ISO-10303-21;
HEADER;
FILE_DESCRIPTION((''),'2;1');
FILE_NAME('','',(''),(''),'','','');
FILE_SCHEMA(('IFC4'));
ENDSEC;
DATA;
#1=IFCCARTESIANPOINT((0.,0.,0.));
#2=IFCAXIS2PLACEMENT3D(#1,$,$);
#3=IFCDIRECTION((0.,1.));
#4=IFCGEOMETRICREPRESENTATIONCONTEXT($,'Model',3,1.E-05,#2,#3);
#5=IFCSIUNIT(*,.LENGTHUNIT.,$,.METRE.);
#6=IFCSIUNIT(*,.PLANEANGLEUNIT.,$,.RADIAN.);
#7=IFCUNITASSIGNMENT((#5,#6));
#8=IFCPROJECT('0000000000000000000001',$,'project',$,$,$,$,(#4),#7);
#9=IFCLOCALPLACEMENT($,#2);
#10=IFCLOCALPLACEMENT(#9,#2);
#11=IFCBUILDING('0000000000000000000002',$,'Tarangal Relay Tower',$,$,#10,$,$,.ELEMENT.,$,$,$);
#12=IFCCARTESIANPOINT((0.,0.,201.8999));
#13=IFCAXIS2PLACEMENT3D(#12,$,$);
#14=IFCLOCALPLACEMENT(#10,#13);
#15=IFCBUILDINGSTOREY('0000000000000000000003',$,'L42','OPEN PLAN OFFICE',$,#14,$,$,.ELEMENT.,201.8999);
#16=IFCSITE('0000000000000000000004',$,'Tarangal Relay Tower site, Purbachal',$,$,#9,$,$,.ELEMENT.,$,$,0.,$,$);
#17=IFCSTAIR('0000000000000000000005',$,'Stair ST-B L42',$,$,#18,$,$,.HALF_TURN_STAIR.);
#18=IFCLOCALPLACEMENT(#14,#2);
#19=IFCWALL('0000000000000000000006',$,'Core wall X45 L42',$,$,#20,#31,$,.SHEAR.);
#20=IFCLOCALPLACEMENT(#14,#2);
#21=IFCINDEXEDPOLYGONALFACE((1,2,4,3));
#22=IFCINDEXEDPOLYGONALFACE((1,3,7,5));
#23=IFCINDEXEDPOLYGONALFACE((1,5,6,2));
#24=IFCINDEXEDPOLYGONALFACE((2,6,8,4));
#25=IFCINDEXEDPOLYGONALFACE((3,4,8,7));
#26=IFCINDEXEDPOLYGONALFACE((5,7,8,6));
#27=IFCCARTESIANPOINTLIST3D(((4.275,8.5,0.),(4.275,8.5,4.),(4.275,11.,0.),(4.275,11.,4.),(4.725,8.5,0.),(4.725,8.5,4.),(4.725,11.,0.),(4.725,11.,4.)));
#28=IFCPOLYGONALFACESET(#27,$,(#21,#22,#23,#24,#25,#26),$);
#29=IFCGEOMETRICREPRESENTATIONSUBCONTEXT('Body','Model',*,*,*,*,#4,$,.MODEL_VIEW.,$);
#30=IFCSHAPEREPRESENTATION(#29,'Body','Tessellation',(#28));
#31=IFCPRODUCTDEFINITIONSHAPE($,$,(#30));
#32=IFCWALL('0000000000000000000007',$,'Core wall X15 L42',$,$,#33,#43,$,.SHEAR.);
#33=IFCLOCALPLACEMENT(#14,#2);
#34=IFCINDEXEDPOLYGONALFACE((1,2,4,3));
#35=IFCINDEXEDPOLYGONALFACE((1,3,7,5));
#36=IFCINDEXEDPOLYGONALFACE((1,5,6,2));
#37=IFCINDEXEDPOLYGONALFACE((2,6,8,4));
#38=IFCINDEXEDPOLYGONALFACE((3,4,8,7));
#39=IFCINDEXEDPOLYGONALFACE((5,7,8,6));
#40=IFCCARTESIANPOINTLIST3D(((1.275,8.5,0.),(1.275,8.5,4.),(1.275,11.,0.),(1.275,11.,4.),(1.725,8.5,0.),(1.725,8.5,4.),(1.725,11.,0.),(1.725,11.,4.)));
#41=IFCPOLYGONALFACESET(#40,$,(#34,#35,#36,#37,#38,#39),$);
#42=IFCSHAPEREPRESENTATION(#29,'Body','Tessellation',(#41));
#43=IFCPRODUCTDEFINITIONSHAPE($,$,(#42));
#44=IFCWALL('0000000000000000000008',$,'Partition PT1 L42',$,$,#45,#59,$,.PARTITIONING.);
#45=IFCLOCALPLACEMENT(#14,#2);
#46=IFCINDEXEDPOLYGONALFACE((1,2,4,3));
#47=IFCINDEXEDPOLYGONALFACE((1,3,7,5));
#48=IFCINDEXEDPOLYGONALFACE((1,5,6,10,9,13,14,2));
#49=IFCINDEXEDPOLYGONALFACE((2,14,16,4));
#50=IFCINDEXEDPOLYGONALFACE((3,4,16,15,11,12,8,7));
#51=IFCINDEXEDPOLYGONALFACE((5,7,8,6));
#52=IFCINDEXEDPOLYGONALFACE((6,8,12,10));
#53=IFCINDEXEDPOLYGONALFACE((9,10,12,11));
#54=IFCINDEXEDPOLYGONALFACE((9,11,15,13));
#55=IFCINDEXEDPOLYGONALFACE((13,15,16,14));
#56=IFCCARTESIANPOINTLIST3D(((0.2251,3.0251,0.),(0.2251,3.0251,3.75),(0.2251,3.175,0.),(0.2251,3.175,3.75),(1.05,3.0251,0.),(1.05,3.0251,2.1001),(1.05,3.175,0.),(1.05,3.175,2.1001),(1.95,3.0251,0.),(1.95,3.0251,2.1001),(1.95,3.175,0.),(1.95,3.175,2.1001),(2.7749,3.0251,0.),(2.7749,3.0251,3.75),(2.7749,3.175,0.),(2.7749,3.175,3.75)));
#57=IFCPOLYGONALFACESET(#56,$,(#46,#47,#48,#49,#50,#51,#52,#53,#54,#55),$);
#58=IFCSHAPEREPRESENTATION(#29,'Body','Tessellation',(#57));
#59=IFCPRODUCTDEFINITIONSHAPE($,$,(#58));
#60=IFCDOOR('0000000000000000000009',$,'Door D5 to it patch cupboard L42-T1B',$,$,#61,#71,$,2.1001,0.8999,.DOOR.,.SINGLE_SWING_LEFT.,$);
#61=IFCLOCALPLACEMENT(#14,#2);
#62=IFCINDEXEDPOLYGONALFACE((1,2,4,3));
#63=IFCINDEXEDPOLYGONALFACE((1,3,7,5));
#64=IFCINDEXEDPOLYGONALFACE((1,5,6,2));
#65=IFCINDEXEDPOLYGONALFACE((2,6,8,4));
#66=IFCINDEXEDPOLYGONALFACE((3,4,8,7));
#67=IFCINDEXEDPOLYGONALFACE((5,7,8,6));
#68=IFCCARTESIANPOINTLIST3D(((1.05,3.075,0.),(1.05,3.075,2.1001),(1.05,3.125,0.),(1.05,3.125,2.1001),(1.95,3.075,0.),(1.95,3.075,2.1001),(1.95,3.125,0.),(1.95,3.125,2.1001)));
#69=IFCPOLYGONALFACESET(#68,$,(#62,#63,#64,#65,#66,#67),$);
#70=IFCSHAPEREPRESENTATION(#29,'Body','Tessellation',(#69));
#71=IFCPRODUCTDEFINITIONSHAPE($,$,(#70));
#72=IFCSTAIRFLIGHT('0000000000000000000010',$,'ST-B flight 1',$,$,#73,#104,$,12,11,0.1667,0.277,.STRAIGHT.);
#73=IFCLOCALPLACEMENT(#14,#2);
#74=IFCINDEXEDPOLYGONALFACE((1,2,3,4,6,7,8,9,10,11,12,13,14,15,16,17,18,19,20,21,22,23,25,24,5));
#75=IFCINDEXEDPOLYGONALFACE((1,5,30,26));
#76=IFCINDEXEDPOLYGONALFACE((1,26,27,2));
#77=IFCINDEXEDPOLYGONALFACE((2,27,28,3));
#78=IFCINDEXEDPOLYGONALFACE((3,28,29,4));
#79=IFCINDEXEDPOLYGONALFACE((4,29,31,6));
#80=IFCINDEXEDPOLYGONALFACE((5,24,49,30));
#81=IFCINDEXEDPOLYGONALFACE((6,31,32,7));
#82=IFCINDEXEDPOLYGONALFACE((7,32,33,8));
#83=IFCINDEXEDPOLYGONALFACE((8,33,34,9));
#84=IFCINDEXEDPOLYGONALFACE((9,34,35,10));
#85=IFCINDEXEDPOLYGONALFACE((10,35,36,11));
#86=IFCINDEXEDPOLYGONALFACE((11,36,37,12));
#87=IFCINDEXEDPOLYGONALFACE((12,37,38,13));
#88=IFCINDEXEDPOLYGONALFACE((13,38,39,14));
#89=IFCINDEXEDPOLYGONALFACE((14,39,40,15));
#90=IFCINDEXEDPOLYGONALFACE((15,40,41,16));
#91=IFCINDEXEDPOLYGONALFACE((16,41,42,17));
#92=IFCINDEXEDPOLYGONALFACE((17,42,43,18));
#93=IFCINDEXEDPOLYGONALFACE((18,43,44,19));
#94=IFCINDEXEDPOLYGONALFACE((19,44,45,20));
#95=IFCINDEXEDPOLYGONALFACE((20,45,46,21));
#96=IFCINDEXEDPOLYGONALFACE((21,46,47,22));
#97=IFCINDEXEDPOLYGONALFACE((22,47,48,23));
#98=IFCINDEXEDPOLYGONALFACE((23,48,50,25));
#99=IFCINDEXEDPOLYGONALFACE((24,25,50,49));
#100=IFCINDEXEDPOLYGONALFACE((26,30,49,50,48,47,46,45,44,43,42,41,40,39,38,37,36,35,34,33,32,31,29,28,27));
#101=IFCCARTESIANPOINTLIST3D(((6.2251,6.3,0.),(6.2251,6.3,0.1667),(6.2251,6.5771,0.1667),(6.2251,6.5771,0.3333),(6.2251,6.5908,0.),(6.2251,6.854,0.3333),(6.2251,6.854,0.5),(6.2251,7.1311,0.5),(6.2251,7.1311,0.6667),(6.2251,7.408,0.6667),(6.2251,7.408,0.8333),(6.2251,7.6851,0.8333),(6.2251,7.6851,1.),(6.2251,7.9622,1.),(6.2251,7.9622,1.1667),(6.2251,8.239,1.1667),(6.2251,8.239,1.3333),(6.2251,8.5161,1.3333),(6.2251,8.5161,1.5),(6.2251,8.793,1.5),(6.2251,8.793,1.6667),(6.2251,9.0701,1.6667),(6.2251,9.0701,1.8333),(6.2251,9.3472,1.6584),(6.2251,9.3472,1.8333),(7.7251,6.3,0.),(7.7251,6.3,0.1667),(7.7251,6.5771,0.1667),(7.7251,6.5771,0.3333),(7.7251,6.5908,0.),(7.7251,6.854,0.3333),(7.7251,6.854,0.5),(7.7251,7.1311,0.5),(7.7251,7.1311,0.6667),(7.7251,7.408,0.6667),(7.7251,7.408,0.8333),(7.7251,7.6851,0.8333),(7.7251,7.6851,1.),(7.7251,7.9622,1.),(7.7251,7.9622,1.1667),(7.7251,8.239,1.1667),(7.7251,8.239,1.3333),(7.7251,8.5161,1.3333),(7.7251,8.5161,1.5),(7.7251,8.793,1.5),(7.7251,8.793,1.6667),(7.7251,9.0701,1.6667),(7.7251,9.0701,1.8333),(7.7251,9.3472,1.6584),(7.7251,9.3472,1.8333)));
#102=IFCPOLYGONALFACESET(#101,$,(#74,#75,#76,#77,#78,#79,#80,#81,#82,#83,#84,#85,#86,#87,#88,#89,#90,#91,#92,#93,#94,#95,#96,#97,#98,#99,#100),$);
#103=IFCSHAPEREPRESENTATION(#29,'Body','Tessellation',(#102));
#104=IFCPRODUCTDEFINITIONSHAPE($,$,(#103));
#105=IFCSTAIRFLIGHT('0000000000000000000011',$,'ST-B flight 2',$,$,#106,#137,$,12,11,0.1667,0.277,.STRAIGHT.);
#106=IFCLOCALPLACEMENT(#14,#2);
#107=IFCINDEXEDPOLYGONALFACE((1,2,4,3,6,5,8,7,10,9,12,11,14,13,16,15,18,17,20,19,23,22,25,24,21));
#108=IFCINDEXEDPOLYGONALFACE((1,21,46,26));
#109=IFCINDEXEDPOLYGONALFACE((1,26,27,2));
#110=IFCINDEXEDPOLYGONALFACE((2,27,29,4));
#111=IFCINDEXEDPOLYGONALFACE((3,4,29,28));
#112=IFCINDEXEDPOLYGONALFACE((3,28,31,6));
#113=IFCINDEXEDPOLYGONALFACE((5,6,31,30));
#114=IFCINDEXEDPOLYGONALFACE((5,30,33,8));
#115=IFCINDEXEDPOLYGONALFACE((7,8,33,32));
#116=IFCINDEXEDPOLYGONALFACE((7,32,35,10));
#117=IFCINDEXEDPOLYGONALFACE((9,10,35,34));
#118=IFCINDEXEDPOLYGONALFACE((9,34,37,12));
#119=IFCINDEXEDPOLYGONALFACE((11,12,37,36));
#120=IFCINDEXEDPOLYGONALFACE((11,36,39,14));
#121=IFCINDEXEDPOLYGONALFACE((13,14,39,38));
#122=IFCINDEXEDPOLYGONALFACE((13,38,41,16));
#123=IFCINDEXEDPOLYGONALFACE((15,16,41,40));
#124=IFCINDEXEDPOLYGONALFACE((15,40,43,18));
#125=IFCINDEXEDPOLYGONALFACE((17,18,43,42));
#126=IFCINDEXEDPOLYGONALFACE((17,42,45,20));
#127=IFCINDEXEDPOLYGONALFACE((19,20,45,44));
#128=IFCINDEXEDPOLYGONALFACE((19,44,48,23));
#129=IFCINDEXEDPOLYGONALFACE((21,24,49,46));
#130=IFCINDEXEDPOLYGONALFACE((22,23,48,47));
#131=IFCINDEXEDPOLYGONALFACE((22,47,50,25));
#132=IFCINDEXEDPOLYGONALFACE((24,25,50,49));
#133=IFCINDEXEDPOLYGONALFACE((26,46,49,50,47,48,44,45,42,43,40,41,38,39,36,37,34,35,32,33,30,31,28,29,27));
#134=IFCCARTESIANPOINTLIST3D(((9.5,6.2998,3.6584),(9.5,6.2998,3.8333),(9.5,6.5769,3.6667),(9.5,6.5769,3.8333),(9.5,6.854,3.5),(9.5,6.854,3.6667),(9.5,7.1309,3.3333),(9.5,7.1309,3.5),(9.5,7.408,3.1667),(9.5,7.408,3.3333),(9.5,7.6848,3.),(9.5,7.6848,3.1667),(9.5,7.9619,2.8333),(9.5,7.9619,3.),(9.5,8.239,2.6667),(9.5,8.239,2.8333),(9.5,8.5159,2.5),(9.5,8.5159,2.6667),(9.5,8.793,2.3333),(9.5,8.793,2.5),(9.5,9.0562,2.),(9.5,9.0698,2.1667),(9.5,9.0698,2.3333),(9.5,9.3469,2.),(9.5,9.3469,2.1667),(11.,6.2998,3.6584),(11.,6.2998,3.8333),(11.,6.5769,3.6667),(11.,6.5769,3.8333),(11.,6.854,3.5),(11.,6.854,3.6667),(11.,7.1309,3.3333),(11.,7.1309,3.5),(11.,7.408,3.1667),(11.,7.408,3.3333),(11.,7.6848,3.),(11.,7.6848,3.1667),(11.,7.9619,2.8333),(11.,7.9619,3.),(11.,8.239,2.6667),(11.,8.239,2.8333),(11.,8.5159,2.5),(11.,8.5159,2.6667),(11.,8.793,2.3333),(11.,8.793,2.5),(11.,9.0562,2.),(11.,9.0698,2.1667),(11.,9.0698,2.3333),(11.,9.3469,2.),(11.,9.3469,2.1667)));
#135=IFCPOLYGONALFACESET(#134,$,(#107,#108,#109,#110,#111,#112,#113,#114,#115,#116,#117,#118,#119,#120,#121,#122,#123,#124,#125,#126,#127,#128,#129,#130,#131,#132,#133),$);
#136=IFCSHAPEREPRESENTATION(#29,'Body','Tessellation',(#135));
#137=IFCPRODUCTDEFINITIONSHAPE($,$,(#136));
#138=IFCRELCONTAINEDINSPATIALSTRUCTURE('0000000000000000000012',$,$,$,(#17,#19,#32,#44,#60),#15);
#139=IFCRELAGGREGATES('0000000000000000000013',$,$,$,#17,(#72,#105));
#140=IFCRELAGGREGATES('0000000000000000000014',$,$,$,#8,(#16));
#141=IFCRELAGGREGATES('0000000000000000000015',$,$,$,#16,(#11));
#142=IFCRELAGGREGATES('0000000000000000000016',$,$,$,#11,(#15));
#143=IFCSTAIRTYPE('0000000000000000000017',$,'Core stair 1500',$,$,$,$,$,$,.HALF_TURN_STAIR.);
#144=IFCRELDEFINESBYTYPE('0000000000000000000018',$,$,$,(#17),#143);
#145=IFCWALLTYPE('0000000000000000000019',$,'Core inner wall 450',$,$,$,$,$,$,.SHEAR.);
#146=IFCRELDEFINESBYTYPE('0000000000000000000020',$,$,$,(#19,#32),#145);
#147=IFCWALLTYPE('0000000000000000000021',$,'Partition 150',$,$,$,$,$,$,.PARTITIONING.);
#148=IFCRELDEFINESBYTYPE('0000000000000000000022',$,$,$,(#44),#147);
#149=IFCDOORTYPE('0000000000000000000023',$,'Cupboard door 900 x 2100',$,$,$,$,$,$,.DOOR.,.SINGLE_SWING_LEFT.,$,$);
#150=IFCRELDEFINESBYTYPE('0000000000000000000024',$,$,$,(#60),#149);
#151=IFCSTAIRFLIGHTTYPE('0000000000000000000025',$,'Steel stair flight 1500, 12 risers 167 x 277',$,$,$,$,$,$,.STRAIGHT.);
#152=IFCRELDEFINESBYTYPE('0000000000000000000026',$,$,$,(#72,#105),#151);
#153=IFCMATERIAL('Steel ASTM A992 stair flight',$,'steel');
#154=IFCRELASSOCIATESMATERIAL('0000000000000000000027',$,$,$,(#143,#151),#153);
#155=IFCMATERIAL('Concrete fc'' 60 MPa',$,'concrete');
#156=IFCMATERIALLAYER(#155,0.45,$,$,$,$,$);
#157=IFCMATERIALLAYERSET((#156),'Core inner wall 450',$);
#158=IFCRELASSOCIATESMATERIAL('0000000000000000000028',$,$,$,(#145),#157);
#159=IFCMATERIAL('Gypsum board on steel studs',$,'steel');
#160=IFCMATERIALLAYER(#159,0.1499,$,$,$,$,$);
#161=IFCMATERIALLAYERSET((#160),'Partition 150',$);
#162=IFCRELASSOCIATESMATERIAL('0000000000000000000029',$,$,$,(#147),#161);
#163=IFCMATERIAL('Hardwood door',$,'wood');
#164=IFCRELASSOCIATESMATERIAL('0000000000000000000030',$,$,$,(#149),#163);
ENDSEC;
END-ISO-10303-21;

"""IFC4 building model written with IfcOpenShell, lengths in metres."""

from ifc_helpers import new_model, si_unit, direction, frame, frame_2d, origin, place, context, subcontext, project, spatial, polyline, rectangle, outline, extrude, material, layer, layer_set, type_object, element, fill, aggregate, save


model = new_model("IFC4")

# Units and contexts
model_context = context("Model", 3, precision=1e-05, world=origin(), true_north=direction((0.0, 1.0)))
body_context = subcontext(model_context, "Body", "Model", "MODEL_VIEW")
ifc_project = project(units=[si_unit("LENGTHUNIT", "METRE"), si_unit("PLANEANGLEUNIT", "RADIAN")], contexts=[model_context])

# Site, building, storey
site_placement = place(None, origin())
site = spatial("IfcSite", under=ifc_project, at=site_placement, Name="Tarangal Relay Tower site, Purbachal", CompositionType="ELEMENT", RefElevation=0.0)
building_placement = place(site_placement, origin())
building = spatial("IfcBuilding", under=site, at=building_placement, Name="Tarangal Relay Tower", CompositionType="ELEMENT")
storey_placement = place(building_placement, frame((0.0, 0.0, 201.8999)))
storey = spatial("IfcBuildingStorey", under=building, at=storey_placement, Name="L42", Description="OPEN PLAN OFFICE", CompositionType="ELEMENT", Elevation=201.8999)

# Stair
ifc_material_1 = material(Name="Steel ASTM A992 stair flight", Category="steel")
stair_type = type_object("IfcStairType", Name="Core stair 1500", PredefinedType="HALF_TURN_STAIR", material=ifc_material_1)
stair_1_placement = place(storey_placement, origin())
stair_1 = element("IfcStair", 1, at=stair_1_placement, inside=storey, type_object=stair_type, Name="Stair ST-B L42", PredefinedType="HALF_TURN_STAIR")

# Shared definitions
ifc_material_2 = material(Name="Concrete fc' 60 MPa", Category="concrete")
ifc_layer_1 = layer(ifc_material_2, 0.45)
ifc_layer_set_1 = layer_set([ifc_layer_1], Name="Core inner wall 450")
wall_type_1 = type_object("IfcWallType", Name="Core inner wall 450", PredefinedType="SHEAR", material=ifc_layer_set_1)

# Walls
for number, where, z_axis, x_axis, name in (
    (2, (4.5, 8.5, 0.0), (0.0, 0.0, 1.0), (0.0, 1.0, 0.0), "Core wall X45 L42"),
    (3, (1.5, 8.5, 0.0), (0.0, 0.0, 1.0), (0.0, 1.0, 0.0), "Core wall X15 L42"),
):
    element("IfcWall", number, at=place(storey_placement, frame(where, z_axis=z_axis, x_axis=x_axis)), inside=storey, type_object=wall_type_1, Name=name, PredefinedType="SHEAR", context=body_context, shape_type="SweptSolid", body=[
        extrude(rectangle(XDim=2.5, YDim=0.45, at=frame_2d((1.25, 0.0))), origin(), (0.0, 0.0, 1.0), 4.0),
    ])

# Wall, opening, door
ifc_material_3 = material(Name="Gypsum board on steel studs", Category="steel")
ifc_layer_2 = layer(ifc_material_3, 0.1499)
ifc_layer_set_2 = layer_set([ifc_layer_2], Name="Partition 150")
wall_type_2 = type_object("IfcWallType", Name="Partition 150", PredefinedType="PARTITIONING", material=ifc_layer_set_2)
wall_1_placement = place(storey_placement, frame((0.2251, 3.1001, 0.0), z_axis=(0.0, 0.0, 1.0), x_axis=(1.0, 0.0, 0.0)))
wall_1 = element("IfcWall", 4, at=wall_1_placement, inside=storey, type_object=wall_type_2, Name="Partition PT1 L42", PredefinedType="PARTITIONING", context=body_context, shape_type="SweptSolid", body=[
    extrude(rectangle(XDim=2.5498, YDim=0.1499, at=frame_2d((1.2749, 0.0))), origin(), (0.0, 0.0, 1.0), 3.75),
])
opening_1_placement = place(wall_1_placement, frame((0.825, 0.0, 0.0)))
opening_1 = element("IfcOpeningElement", 5, at=opening_1_placement, cuts=wall_1, PredefinedType="OPENING", context=body_context, shape_type="SweptSolid", body=[
    extrude(rectangle(XDim=0.8999, YDim=2.1001, at=frame_2d((0.45, 1.05))), frame((0.0, 0.085, 0.0), z_axis=(0.0, -1.0, 0.0), x_axis=(1.0, 0.0, 0.0)), (0.0, 0.0, 1.0), 0.1699),
])
ifc_material_4 = material(Name="Hardwood door", Category="wood")
door_type_1 = type_object("IfcDoorType", Name="Cupboard door 900 x 2100", OperationType="SINGLE_SWING_LEFT", PredefinedType="DOOR", material=ifc_material_4)
door_1_placement = place(opening_1_placement, origin())
door_1 = element("IfcDoor", 6, at=door_1_placement, inside=storey, type_object=door_type_1, Name="Door D5 to it patch cupboard L42-T1B", OperationType="SINGLE_SWING_LEFT", OverallHeight=2.1001, OverallWidth=0.8999, PredefinedType="DOOR", context=body_context, shape_type="SweptSolid", body=[
    extrude(rectangle(XDim=0.8999, YDim=2.1001, at=frame_2d((0.45, 1.05))), frame((0.0, 0.0249, 0.0), z_axis=(0.0, -1.0, 0.0), x_axis=(1.0, 0.0, 0.0)), (0.0, 0.0, 1.0), 0.05),
])
fill(opening_1, door_1)

# Stair flights
stair_flight_type = type_object("IfcStairFlightType", Name="Steel stair flight 1500, 12 risers 167 x 277", PredefinedType="STRAIGHT", material=ifc_material_1)
stair_flight_1_placement = place(storey_placement, frame((6.9751, 6.3, 0.0), z_axis=(0.0, 0.0, 1.0), x_axis=(0.0, 1.0, 0.0)))
stair_flight_1 = element("IfcStairFlight", 7, at=stair_flight_1_placement, type_object=stair_flight_type, Name="ST-B flight 1", NumberOfRisers=12, NumberOfTreads=11, PredefinedType="STRAIGHT", RiserHeight=0.1667, TreadLength=0.277, context=body_context, shape_type="SweptSolid", body=[
    extrude(outline(polyline([(0.0, 0.0), (0.0, 0.1667), (0.2771, 0.1667), (0.2771, 0.3333), (0.554, 0.3333), (0.554, 0.5), (0.8311, 0.5), (0.8311, 0.6667), (1.1079, 0.6667), (1.1079, 0.8333), (1.385, 0.8333), (1.385, 1.0), (1.6621, 1.0), (1.6621, 1.1667), (1.939, 1.1667), (1.939, 1.3333), (2.2161, 1.3333), (2.2161, 1.5), (2.4929, 1.5), (2.4929, 1.6667), (2.77, 1.6667), (2.77, 1.8333), (3.0471, 1.8333), (3.0471, 2.0), (3.0471, 1.6584), (0.2908, 0.0), (0.0, 0.0)])), frame((0.0, 0.75, 0.0), z_axis=(0.0, -1.0, 0.0), x_axis=(1.0, 0.0, 0.0)), (0.0, 0.0, 1.0), 1.5),
])
stair_flight_2_placement = place(storey_placement, frame((10.25, 9.3469, 2.0), z_axis=(0.0, 0.0, 1.0), x_axis=(0.0, -1.0, 0.0)))
stair_flight_2 = element("IfcStairFlight", 8, at=stair_flight_2_placement, type_object=stair_flight_type, Name="ST-B flight 2", NumberOfRisers=12, NumberOfTreads=11, PredefinedType="STRAIGHT", RiserHeight=0.1667, TreadLength=0.277, context=body_context, shape_type="SweptSolid", body=[
    extrude(outline(polyline([(0.0, 0.0), (0.0, 0.1667), (0.2771, 0.1667), (0.2771, 0.3333), (0.554, 0.3333), (0.554, 0.5), (0.8311, 0.5), (0.8311, 0.6667), (1.1079, 0.6667), (1.1079, 0.8333), (1.385, 0.8333), (1.385, 1.0), (1.6621, 1.0), (1.6621, 1.1667), (1.939, 1.1667), (1.939, 1.3333), (2.2161, 1.3333), (2.2161, 1.5), (2.4929, 1.5), (2.4929, 1.6667), (2.77, 1.6667), (2.77, 1.8333), (3.0471, 1.8333), (3.0471, 2.0), (3.0471, 1.6584), (0.2908, 0.0), (0.0, 0.0)])), frame((0.0, 0.75, 0.0), z_axis=(0.0, -1.0, 0.0), x_axis=(1.0, 0.0, 0.0)), (0.0, 0.0, 1.0), 1.5),
])
aggregate(stair_1, [stair_flight_1, stair_flight_2])

save(model, "model.ifc")
